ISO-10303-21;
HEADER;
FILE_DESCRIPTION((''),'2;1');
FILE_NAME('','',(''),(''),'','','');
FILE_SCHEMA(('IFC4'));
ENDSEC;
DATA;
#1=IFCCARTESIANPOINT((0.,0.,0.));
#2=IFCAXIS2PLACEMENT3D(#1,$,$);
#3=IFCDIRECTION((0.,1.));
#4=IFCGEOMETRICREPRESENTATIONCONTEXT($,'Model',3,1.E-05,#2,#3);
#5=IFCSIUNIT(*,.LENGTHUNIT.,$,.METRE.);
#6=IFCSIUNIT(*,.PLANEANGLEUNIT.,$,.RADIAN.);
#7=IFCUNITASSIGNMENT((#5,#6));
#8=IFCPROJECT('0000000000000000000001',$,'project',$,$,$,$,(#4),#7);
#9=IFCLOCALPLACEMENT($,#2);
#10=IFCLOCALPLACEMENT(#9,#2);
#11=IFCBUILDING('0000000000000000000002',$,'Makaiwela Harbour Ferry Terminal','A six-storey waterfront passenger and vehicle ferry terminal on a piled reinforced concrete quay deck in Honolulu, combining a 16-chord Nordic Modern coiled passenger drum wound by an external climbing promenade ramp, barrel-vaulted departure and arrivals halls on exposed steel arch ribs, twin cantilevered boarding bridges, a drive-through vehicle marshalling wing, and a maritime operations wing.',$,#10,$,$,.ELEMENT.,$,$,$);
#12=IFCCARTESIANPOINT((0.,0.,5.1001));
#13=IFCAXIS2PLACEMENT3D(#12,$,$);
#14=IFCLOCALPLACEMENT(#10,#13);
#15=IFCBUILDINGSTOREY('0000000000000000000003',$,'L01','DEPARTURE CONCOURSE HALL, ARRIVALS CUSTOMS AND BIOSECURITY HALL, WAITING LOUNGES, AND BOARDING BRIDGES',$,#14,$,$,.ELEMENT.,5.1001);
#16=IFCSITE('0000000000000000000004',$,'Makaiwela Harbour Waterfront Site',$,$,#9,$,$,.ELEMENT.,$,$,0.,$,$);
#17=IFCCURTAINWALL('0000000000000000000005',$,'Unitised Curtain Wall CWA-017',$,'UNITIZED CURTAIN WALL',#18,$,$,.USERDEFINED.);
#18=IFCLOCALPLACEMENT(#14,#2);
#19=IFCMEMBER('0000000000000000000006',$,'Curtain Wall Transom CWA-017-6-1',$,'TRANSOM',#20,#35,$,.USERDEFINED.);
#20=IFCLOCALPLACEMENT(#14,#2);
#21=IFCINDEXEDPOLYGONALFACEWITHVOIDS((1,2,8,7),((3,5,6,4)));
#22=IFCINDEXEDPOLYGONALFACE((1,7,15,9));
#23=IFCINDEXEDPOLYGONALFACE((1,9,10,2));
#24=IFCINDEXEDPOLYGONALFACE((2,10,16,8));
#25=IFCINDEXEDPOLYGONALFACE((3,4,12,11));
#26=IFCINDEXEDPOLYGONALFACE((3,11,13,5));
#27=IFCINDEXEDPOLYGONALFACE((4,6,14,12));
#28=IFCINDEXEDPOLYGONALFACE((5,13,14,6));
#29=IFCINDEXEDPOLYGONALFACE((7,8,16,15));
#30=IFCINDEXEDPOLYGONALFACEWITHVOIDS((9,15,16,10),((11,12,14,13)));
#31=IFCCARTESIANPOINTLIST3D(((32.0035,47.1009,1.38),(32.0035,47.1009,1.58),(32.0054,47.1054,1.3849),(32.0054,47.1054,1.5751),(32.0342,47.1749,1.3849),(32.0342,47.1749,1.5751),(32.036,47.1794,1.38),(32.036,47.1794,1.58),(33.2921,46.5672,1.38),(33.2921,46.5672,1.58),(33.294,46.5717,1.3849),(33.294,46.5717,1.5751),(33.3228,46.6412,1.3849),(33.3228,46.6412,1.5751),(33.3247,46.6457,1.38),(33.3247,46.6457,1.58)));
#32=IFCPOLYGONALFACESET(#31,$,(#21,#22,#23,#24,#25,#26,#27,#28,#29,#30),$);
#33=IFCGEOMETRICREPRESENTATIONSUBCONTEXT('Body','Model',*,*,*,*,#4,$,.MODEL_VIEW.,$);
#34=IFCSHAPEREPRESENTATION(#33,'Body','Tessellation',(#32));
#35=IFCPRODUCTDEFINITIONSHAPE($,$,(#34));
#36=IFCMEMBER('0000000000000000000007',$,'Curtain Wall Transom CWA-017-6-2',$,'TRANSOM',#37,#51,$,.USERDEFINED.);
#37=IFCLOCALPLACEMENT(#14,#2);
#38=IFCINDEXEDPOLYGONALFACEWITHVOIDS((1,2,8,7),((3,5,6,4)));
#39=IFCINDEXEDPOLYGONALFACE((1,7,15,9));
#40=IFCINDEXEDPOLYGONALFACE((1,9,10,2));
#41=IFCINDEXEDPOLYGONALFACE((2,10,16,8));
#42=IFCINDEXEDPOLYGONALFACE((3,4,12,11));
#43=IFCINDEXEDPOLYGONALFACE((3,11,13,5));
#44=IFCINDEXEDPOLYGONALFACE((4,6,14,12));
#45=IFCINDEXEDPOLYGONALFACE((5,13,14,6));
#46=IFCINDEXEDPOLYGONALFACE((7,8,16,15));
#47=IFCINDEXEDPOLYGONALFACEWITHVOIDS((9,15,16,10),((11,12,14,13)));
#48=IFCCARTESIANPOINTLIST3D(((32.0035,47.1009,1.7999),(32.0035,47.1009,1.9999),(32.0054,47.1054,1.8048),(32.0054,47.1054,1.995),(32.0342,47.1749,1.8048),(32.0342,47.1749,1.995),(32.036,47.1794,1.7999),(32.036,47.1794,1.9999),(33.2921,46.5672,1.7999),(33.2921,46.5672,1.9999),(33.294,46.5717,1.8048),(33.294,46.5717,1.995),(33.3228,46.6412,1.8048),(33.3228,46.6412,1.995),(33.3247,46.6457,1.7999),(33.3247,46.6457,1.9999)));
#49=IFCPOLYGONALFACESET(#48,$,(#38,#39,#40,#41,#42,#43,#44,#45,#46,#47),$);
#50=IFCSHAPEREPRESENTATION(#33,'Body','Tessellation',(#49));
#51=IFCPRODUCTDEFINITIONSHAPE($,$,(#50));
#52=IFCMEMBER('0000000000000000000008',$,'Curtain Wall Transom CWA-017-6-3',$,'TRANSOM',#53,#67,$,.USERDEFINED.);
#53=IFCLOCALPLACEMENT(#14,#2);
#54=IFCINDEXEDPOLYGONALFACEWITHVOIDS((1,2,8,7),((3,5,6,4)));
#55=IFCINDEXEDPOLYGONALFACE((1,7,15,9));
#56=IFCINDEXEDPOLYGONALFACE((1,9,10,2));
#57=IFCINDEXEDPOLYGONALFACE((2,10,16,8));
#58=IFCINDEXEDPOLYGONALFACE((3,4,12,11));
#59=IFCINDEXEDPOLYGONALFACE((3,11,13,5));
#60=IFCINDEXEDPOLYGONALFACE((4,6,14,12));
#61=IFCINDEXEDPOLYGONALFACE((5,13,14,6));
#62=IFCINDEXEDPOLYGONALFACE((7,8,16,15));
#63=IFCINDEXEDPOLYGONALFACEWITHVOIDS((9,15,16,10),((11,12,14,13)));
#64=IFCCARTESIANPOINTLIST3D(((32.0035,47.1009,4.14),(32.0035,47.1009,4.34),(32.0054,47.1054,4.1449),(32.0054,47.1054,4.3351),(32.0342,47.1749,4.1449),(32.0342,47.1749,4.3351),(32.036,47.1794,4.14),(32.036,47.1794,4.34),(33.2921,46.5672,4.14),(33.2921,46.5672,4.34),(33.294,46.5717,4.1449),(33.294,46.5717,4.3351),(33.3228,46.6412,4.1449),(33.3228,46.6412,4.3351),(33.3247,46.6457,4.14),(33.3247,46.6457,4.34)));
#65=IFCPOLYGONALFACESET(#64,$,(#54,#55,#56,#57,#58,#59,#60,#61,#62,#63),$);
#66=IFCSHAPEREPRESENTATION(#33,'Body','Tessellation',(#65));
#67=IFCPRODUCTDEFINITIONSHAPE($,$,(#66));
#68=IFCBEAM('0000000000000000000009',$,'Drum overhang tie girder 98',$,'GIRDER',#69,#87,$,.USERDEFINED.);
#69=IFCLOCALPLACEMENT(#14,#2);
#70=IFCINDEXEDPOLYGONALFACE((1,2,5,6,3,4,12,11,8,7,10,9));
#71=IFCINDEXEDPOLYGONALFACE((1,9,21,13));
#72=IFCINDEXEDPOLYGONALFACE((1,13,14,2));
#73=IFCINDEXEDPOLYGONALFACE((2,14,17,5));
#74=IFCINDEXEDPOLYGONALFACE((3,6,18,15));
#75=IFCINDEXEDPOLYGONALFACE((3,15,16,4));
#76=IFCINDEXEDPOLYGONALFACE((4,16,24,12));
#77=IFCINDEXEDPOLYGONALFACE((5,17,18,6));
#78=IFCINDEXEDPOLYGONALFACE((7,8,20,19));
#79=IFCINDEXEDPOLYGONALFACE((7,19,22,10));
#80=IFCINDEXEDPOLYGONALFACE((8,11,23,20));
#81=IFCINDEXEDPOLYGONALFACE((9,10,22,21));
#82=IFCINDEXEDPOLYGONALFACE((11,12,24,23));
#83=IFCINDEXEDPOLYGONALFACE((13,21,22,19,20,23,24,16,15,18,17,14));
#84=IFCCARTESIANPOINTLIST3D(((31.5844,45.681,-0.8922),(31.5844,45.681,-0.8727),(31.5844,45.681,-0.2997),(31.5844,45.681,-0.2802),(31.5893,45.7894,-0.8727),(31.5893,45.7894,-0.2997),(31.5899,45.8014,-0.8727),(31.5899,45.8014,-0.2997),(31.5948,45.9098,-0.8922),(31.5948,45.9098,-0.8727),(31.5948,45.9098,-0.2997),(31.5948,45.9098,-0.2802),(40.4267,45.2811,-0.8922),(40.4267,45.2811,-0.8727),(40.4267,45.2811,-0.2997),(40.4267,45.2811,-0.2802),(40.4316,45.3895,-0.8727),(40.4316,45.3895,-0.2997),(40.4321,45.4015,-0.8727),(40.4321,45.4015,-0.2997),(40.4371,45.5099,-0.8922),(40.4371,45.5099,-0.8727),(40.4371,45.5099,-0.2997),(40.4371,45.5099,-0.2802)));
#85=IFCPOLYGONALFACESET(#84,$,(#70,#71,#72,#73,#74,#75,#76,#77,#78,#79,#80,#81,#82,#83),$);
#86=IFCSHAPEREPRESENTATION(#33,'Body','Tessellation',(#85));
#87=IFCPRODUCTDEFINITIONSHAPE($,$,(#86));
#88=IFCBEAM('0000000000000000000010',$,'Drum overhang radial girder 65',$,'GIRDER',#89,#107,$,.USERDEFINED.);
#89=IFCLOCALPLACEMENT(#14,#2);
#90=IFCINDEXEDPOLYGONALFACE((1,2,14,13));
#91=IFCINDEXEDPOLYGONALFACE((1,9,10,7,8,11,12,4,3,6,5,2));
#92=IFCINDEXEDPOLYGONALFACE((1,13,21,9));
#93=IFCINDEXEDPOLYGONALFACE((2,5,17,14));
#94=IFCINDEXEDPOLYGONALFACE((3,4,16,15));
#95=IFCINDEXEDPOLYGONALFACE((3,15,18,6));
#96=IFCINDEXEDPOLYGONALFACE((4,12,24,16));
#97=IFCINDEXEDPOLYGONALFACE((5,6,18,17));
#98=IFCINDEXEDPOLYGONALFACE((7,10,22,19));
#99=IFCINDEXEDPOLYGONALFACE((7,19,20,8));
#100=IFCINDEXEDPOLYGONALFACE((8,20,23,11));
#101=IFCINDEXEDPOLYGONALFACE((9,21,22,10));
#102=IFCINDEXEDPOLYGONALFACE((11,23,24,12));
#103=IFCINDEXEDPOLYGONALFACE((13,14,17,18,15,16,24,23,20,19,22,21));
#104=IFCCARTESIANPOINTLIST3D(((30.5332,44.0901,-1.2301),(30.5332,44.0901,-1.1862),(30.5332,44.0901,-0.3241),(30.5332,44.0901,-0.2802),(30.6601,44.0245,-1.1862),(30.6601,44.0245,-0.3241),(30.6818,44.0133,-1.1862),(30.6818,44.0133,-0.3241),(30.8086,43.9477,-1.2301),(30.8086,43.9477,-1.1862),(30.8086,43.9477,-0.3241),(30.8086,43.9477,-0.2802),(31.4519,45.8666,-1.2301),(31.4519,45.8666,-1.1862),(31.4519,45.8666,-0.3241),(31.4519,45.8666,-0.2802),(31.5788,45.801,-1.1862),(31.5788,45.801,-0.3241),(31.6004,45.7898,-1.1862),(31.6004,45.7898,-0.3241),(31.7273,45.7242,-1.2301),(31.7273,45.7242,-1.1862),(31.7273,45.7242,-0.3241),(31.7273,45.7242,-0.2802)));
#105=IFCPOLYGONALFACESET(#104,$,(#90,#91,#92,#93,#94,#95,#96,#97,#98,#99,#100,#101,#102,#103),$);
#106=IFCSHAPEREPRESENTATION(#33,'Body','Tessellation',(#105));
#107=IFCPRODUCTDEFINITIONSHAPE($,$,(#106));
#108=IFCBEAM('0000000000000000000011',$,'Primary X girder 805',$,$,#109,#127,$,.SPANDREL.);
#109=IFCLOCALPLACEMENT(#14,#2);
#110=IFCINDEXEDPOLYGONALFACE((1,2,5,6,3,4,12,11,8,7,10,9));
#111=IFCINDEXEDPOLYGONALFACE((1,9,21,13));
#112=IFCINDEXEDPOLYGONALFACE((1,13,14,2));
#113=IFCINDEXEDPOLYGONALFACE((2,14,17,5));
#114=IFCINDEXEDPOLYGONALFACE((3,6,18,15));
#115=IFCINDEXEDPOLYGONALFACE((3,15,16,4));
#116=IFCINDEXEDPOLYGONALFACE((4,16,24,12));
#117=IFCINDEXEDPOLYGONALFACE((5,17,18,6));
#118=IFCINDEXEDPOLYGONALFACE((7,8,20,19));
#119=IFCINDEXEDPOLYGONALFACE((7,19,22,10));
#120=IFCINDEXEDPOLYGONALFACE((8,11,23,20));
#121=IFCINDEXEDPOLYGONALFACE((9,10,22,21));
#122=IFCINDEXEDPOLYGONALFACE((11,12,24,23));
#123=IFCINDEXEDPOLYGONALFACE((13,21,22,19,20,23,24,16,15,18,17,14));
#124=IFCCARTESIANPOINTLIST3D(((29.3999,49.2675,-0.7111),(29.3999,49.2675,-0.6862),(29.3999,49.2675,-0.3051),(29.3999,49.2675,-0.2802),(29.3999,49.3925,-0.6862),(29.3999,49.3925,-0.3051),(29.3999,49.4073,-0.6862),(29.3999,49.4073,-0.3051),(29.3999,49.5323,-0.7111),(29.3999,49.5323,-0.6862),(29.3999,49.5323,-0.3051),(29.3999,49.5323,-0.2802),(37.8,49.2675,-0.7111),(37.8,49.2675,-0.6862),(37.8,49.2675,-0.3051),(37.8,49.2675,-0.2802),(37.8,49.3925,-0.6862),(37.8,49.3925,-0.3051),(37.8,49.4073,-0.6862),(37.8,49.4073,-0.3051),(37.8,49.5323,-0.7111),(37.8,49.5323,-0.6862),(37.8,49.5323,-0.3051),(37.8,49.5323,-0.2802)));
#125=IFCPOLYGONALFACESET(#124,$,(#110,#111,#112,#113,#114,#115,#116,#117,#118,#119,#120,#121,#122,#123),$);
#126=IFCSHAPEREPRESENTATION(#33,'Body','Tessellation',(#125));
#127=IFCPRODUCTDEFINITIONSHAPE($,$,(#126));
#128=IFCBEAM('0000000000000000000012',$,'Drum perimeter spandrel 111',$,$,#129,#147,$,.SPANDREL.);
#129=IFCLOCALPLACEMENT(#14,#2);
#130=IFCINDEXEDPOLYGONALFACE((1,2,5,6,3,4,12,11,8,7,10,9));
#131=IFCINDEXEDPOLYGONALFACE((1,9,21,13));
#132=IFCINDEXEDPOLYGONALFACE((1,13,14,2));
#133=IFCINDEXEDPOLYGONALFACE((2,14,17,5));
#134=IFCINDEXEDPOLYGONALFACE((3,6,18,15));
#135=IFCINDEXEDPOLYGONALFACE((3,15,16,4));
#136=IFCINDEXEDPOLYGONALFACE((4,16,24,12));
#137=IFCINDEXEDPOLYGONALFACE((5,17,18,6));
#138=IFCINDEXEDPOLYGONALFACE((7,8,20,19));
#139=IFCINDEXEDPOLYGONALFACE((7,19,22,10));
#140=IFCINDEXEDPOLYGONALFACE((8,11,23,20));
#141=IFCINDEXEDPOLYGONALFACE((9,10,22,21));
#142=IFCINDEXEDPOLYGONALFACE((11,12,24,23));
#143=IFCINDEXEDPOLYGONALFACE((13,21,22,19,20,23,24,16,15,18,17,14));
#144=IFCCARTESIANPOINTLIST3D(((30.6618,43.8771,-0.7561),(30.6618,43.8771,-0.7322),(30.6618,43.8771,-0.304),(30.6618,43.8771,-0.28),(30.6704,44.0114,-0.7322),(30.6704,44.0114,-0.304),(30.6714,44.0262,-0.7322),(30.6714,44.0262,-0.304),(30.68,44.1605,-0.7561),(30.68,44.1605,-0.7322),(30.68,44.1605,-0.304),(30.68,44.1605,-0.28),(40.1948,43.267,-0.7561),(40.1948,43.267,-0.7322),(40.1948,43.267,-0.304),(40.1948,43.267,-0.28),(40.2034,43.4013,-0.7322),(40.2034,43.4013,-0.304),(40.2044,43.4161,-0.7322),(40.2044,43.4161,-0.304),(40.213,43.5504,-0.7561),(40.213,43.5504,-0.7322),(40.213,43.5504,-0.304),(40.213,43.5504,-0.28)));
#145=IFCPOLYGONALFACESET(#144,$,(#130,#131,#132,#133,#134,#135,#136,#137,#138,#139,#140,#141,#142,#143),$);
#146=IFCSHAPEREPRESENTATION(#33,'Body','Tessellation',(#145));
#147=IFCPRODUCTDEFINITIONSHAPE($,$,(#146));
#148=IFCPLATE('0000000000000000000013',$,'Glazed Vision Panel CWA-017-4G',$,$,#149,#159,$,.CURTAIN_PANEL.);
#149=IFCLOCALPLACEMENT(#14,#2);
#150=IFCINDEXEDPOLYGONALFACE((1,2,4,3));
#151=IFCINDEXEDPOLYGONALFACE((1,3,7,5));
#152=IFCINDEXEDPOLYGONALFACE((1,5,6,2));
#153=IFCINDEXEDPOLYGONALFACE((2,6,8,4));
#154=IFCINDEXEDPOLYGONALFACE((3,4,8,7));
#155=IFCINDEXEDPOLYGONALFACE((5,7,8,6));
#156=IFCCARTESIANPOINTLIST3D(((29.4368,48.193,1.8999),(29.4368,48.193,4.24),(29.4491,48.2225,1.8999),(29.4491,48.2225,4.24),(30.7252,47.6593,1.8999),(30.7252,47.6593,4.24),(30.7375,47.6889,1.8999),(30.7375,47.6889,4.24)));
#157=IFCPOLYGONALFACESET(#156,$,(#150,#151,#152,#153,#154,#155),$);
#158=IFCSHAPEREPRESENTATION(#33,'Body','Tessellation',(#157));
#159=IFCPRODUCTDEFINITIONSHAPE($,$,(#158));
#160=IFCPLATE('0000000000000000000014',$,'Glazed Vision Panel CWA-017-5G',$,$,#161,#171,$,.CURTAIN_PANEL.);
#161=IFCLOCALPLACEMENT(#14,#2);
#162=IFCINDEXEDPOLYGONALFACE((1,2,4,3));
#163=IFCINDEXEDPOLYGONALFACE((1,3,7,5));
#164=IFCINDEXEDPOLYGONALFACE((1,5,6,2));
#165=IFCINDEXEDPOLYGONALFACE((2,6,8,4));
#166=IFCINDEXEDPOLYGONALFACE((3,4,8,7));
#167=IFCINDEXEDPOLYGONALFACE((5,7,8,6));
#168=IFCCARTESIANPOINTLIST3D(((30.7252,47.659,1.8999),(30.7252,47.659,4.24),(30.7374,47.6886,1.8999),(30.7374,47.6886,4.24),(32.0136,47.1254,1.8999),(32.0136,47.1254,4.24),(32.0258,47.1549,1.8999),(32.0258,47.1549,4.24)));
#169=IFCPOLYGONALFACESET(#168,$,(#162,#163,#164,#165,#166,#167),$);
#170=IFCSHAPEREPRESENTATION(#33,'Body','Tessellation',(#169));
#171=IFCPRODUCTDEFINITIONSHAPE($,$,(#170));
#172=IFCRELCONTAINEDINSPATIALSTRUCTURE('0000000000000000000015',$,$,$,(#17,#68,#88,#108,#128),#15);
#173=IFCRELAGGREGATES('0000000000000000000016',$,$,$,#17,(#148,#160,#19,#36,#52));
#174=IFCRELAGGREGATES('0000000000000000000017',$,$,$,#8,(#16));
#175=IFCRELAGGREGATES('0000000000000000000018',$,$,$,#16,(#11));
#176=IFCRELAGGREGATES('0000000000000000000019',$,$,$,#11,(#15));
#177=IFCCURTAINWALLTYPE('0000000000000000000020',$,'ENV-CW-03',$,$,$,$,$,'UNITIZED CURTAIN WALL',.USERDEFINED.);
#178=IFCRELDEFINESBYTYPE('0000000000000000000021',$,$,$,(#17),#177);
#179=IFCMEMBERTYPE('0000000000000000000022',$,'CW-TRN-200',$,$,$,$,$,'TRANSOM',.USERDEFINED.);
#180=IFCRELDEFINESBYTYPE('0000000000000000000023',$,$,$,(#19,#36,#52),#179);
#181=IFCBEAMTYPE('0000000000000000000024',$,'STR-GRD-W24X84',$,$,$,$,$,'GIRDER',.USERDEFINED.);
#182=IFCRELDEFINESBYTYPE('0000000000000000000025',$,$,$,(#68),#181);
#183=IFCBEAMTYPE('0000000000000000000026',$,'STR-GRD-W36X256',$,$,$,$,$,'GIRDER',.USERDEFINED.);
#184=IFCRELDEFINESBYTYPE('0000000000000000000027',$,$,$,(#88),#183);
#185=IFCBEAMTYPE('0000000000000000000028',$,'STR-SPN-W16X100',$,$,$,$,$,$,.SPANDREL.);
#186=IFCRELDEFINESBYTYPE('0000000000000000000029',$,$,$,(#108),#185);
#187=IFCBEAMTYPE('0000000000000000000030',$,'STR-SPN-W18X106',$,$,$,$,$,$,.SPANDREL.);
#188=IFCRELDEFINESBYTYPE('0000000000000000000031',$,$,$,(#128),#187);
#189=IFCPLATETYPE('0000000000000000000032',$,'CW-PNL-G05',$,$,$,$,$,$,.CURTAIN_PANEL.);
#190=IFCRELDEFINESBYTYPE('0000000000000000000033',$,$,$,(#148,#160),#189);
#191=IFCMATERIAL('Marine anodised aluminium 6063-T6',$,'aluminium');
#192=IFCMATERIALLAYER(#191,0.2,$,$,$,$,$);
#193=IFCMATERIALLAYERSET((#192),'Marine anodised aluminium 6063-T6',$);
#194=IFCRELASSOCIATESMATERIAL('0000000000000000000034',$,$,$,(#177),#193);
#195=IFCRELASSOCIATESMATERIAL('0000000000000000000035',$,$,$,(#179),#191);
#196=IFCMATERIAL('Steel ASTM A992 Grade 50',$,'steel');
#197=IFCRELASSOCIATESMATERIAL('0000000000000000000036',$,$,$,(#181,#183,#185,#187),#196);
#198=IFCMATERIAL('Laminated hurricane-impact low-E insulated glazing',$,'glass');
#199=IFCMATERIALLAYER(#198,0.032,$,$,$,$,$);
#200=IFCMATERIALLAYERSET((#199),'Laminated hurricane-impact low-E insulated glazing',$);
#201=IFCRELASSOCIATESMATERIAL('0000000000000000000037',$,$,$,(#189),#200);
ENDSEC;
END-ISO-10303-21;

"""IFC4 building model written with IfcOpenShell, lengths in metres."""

from ifc_helpers import new_model, si_unit, direction, frame, origin, origin_2d, place, context, subcontext, project, spatial, rectangle, hollow_rectangle, i_section, extrude, material, layer, layer_set, material_profile, profile_set, type_object, element, aggregate, save


model = new_model("IFC4")

# Units and contexts
model_context = context("Model", 3, precision=1e-05, world=origin(), true_north=direction((0.0, 1.0)))
body_context = subcontext(model_context, "Body", "Model", "MODEL_VIEW")
ifc_project = project(units=[si_unit("LENGTHUNIT", "METRE"), si_unit("PLANEANGLEUNIT", "RADIAN")], contexts=[model_context])

# Site, building, storey
site_placement = place(None, origin())
site = spatial("IfcSite", under=ifc_project, at=site_placement, Name="Makaiwela Harbour Waterfront Site", CompositionType="ELEMENT", RefElevation=0.0)
building_placement = place(site_placement, origin())
building = spatial("IfcBuilding", under=site, at=building_placement, Name="Makaiwela Harbour Ferry Terminal", Description="A six-storey waterfront passenger and vehicle ferry terminal on a piled reinforced concrete quay deck in Honolulu, combining a 16-chord Nordic Modern coiled passenger drum wound by an external climbing promenade ramp, barrel-vaulted departure and arrivals halls on exposed steel arch ribs, twin cantilevered boarding bridges, a drive-through vehicle marshalling wing, and a maritime operations wing.", CompositionType="ELEMENT")
storey_placement = place(building_placement, frame((0.0, 0.0, 5.1001)))
storey = spatial("IfcBuildingStorey", under=building, at=storey_placement, Name="L01", Description="DEPARTURE CONCOURSE HALL, ARRIVALS CUSTOMS AND BIOSECURITY HALL, WAITING LOUNGES, AND BOARDING BRIDGES", CompositionType="ELEMENT", Elevation=5.1001)

# Shared definitions
ifc_material_1 = material(Name="Steel ASTM A992 Grade 50", Category="steel")

# Curtain wall, members
ifc_material_2 = material(Name="Marine anodised aluminium 6063-T6", Category="aluminium")
ifc_layer_1 = layer(ifc_material_2, 0.2)
ifc_layer_set_1 = layer_set([ifc_layer_1], Name="Marine anodised aluminium 6063-T6")
curtain_wall_type = type_object("IfcCurtainWallType", Name="ENV-CW-03", ElementType="UNITIZED CURTAIN WALL", PredefinedType="USERDEFINED", material=ifc_layer_set_1)
curtain_wall_placement = place(storey_placement, origin())
curtain_wall = element("IfcCurtainWall", 1, at=curtain_wall_placement, inside=storey, type_object=curtain_wall_type, Name="Unitised Curtain Wall CWA-017", ObjectType="UNITIZED CURTAIN WALL", PredefinedType="USERDEFINED")
ifc_material_profile_1 = material_profile(ifc_material_2, hollow_rectangle(XDim=0.085, YDim=0.2, WallThickness=0.0049, at=origin_2d()), Name="CWT-200X85")
ifc_profile_set_1 = profile_set([ifc_material_profile_1], Name="Marine anodised aluminium 6063-T6")
member_type_1 = type_object("IfcMemberType", Name="CW-TRN-200", ElementType="TRANSOM", PredefinedType="USERDEFINED", material=ifc_profile_set_1)
member_1_placement = place(storey_placement, frame((32.0198, 47.1401, 1.48), z_axis=(0.923893, -0.382651, 0.0), x_axis=(0.382651, 0.923893, 0.0)))
member_1 = element("IfcMember", 2, at=member_1_placement, type_object=member_type_1, Name="Curtain Wall Transom CWA-017-6-1", ObjectType="TRANSOM", PredefinedType="USERDEFINED", context=body_context, shape_type="SweptSolid", body=[
    extrude(hollow_rectangle(XDim=0.085, YDim=0.2, WallThickness=0.0049, at=origin_2d()), origin(), (0.0, 0.0, 1.0), 1.3948),
])
member_2_placement = place(storey_placement, frame((32.0198, 47.1401, 1.8999), z_axis=(0.923893, -0.382651, 0.0), x_axis=(0.382651, 0.923893, 0.0)))
member_2 = element("IfcMember", 3, at=member_2_placement, type_object=member_type_1, Name="Curtain Wall Transom CWA-017-6-2", ObjectType="TRANSOM", PredefinedType="USERDEFINED", context=body_context, shape_type="SweptSolid", body=[
    extrude(hollow_rectangle(XDim=0.085, YDim=0.2, WallThickness=0.0049, at=origin_2d()), origin(), (0.0, 0.0, 1.0), 1.3948),
])
member_3_placement = place(storey_placement, frame((32.0198, 47.1401, 4.24), z_axis=(0.923893, -0.382651, 0.0), x_axis=(0.382651, 0.923893, 0.0)))
member_3 = element("IfcMember", 4, at=member_3_placement, type_object=member_type_1, Name="Curtain Wall Transom CWA-017-6-3", ObjectType="TRANSOM", PredefinedType="USERDEFINED", context=body_context, shape_type="SweptSolid", body=[
    extrude(hollow_rectangle(XDim=0.085, YDim=0.2, WallThickness=0.0049, at=origin_2d()), origin(), (0.0, 0.0, 1.0), 1.3948),
])

# Beams
ifc_material_profile_2 = material_profile(ifc_material_1, i_section(OverallWidth=0.229, OverallDepth=0.6121, WebThickness=0.012, FlangeThickness=0.0195, at=origin_2d()), Name="W24X84")
ifc_profile_set_2 = profile_set([ifc_material_profile_2], Name="Steel ASTM A992 Grade 50")
beam_type_1 = type_object("IfcBeamType", Name="STR-GRD-W24X84", ElementType="GIRDER", PredefinedType="USERDEFINED", material=ifc_profile_set_2)
beam_1_placement = place(storey_placement, frame((31.5896, 45.7954, -0.5862), z_axis=(0.998979, -0.04518, 0.0), x_axis=(0.04518, 0.998979, 0.0)))
element("IfcBeam", 5, at=beam_1_placement, inside=storey, type_object=beam_type_1, Name="Drum overhang tie girder 98", ObjectType="GIRDER", PredefinedType="USERDEFINED", context=body_context, shape_type="SweptSolid", body=[
    extrude(i_section(OverallWidth=0.229, OverallDepth=0.6121, WebThickness=0.012, FlangeThickness=0.0195, at=origin_2d()), origin(), (0.0, 0.0, 1.0), 8.8513),
])
ifc_material_profile_3 = material_profile(ifc_material_1, i_section(OverallWidth=0.3101, OverallDepth=0.95, WebThickness=0.0244, FlangeThickness=0.0439, at=origin_2d()), Name="W36X256")
ifc_profile_set_3 = profile_set([ifc_material_profile_3], Name="Steel ASTM A992 Grade 50")
beam_type_2 = type_object("IfcBeamType", Name="STR-GRD-W36X256", ElementType="GIRDER", PredefinedType="USERDEFINED", material=ifc_profile_set_3)
beam_2_placement = place(storey_placement, frame((31.5896, 45.7954, -0.7551), z_axis=(-0.45933, -0.888266, 0.0), x_axis=(0.888266, -0.45933, 0.0)))
element("IfcBeam", 6, at=beam_2_placement, inside=storey, type_object=beam_type_2, Name="Drum overhang radial girder 65", ObjectType="GIRDER", PredefinedType="USERDEFINED", context=body_context, shape_type="SweptSolid", body=[
    extrude(i_section(OverallWidth=0.3101, OverallDepth=0.95, WebThickness=0.0244, FlangeThickness=0.0439, at=origin_2d()), origin(), (0.0, 0.0, 1.0), 2.0),
])
ifc_material_profile_4 = material_profile(ifc_material_1, i_section(OverallWidth=0.2649, OverallDepth=0.4309, WebThickness=0.0149, FlangeThickness=0.0249, at=origin_2d()), Name="W16X100")
ifc_profile_set_4 = profile_set([ifc_material_profile_4], Name="Steel ASTM A992 Grade 50")
beam_type_3 = type_object("IfcBeamType", Name="STR-SPN-W16X100", PredefinedType="SPANDREL", material=ifc_profile_set_4)
beam_3_placement = place(storey_placement, frame((29.3999, 49.3999, -0.4956), z_axis=(1.0, 0.0, 0.0), x_axis=(0.0, 1.0, 0.0)))
element("IfcBeam", 7, at=beam_3_placement, inside=storey, type_object=beam_type_3, Name="Primary X girder 805", PredefinedType="SPANDREL", context=body_context, shape_type="SweptSolid", body=[
    extrude(i_section(OverallWidth=0.2649, OverallDepth=0.4309, WebThickness=0.0149, FlangeThickness=0.0249, at=origin_2d()), origin(), (0.0, 0.0, 1.0), 8.4001),
])
ifc_material_profile_5 = material_profile(ifc_material_1, i_section(OverallWidth=0.2839, OverallDepth=0.4761, WebThickness=0.0149, FlangeThickness=0.0239, at=origin_2d()), Name="W18X106")
ifc_profile_set_5 = profile_set([ifc_material_profile_5], Name="Steel ASTM A992 Grade 50")
beam_type_4 = type_object("IfcBeamType", Name="STR-SPN-W18X106", PredefinedType="SPANDREL", material=ifc_profile_set_5)
beam_4_placement = place(storey_placement, frame((30.6709, 44.0188, -0.5181), z_axis=(0.997958, -0.063869, 0.0), x_axis=(0.063869, 0.997958, 0.0)))
element("IfcBeam", 8, at=beam_4_placement, inside=storey, type_object=beam_type_4, Name="Drum perimeter spandrel 111", PredefinedType="SPANDREL", context=body_context, shape_type="SweptSolid", body=[
    extrude(i_section(OverallWidth=0.2839, OverallDepth=0.4761, WebThickness=0.0149, FlangeThickness=0.0239, at=origin_2d()), origin(), (0.0, 0.0, 1.0), 9.5525),
])

# Plates
ifc_material_3 = material(Name="Laminated hurricane-impact low-E insulated glazing", Category="glass")
ifc_layer_2 = layer(ifc_material_3, 0.032)
ifc_layer_set_2 = layer_set([ifc_layer_2], Name="Laminated hurricane-impact low-E insulated glazing")
plate_type_1 = type_object("IfcPlateType", Name="CW-PNL-G05", PredefinedType="CURTAIN_PANEL", material=ifc_layer_set_2)
plate_1_placement = place(storey_placement, frame((30.0872, 47.9409, 1.8999), z_axis=(0.0, 0.0, 1.0), x_axis=(0.92388, -0.382683, 0.0)))
plate_1 = element("IfcPlate", 9, at=plate_1_placement, type_object=plate_type_1, Name="Glazed Vision Panel CWA-017-4G", PredefinedType="CURTAIN_PANEL", context=body_context, shape_type="SweptSolid", body=[
    extrude(rectangle(XDim=1.3945, YDim=0.032, at=origin_2d()), origin(), (0.0, 0.0, 1.0), 2.3401),
])
plate_2_placement = place(storey_placement, frame((31.3755, 47.407, 1.8999), z_axis=(0.0, 0.0, 1.0), x_axis=(0.92388, -0.382683, 0.0)))
plate_2 = element("IfcPlate", 10, at=plate_2_placement, type_object=plate_type_1, Name="Glazed Vision Panel CWA-017-5G", PredefinedType="CURTAIN_PANEL", context=body_context, shape_type="SweptSolid", body=[
    extrude(rectangle(XDim=1.3945, YDim=0.032, at=origin_2d()), origin(), (0.0, 0.0, 1.0), 2.3401),
])
aggregate(curtain_wall, [plate_1, plate_2, member_1, member_2, member_3])

save(model, "model.ifc")
